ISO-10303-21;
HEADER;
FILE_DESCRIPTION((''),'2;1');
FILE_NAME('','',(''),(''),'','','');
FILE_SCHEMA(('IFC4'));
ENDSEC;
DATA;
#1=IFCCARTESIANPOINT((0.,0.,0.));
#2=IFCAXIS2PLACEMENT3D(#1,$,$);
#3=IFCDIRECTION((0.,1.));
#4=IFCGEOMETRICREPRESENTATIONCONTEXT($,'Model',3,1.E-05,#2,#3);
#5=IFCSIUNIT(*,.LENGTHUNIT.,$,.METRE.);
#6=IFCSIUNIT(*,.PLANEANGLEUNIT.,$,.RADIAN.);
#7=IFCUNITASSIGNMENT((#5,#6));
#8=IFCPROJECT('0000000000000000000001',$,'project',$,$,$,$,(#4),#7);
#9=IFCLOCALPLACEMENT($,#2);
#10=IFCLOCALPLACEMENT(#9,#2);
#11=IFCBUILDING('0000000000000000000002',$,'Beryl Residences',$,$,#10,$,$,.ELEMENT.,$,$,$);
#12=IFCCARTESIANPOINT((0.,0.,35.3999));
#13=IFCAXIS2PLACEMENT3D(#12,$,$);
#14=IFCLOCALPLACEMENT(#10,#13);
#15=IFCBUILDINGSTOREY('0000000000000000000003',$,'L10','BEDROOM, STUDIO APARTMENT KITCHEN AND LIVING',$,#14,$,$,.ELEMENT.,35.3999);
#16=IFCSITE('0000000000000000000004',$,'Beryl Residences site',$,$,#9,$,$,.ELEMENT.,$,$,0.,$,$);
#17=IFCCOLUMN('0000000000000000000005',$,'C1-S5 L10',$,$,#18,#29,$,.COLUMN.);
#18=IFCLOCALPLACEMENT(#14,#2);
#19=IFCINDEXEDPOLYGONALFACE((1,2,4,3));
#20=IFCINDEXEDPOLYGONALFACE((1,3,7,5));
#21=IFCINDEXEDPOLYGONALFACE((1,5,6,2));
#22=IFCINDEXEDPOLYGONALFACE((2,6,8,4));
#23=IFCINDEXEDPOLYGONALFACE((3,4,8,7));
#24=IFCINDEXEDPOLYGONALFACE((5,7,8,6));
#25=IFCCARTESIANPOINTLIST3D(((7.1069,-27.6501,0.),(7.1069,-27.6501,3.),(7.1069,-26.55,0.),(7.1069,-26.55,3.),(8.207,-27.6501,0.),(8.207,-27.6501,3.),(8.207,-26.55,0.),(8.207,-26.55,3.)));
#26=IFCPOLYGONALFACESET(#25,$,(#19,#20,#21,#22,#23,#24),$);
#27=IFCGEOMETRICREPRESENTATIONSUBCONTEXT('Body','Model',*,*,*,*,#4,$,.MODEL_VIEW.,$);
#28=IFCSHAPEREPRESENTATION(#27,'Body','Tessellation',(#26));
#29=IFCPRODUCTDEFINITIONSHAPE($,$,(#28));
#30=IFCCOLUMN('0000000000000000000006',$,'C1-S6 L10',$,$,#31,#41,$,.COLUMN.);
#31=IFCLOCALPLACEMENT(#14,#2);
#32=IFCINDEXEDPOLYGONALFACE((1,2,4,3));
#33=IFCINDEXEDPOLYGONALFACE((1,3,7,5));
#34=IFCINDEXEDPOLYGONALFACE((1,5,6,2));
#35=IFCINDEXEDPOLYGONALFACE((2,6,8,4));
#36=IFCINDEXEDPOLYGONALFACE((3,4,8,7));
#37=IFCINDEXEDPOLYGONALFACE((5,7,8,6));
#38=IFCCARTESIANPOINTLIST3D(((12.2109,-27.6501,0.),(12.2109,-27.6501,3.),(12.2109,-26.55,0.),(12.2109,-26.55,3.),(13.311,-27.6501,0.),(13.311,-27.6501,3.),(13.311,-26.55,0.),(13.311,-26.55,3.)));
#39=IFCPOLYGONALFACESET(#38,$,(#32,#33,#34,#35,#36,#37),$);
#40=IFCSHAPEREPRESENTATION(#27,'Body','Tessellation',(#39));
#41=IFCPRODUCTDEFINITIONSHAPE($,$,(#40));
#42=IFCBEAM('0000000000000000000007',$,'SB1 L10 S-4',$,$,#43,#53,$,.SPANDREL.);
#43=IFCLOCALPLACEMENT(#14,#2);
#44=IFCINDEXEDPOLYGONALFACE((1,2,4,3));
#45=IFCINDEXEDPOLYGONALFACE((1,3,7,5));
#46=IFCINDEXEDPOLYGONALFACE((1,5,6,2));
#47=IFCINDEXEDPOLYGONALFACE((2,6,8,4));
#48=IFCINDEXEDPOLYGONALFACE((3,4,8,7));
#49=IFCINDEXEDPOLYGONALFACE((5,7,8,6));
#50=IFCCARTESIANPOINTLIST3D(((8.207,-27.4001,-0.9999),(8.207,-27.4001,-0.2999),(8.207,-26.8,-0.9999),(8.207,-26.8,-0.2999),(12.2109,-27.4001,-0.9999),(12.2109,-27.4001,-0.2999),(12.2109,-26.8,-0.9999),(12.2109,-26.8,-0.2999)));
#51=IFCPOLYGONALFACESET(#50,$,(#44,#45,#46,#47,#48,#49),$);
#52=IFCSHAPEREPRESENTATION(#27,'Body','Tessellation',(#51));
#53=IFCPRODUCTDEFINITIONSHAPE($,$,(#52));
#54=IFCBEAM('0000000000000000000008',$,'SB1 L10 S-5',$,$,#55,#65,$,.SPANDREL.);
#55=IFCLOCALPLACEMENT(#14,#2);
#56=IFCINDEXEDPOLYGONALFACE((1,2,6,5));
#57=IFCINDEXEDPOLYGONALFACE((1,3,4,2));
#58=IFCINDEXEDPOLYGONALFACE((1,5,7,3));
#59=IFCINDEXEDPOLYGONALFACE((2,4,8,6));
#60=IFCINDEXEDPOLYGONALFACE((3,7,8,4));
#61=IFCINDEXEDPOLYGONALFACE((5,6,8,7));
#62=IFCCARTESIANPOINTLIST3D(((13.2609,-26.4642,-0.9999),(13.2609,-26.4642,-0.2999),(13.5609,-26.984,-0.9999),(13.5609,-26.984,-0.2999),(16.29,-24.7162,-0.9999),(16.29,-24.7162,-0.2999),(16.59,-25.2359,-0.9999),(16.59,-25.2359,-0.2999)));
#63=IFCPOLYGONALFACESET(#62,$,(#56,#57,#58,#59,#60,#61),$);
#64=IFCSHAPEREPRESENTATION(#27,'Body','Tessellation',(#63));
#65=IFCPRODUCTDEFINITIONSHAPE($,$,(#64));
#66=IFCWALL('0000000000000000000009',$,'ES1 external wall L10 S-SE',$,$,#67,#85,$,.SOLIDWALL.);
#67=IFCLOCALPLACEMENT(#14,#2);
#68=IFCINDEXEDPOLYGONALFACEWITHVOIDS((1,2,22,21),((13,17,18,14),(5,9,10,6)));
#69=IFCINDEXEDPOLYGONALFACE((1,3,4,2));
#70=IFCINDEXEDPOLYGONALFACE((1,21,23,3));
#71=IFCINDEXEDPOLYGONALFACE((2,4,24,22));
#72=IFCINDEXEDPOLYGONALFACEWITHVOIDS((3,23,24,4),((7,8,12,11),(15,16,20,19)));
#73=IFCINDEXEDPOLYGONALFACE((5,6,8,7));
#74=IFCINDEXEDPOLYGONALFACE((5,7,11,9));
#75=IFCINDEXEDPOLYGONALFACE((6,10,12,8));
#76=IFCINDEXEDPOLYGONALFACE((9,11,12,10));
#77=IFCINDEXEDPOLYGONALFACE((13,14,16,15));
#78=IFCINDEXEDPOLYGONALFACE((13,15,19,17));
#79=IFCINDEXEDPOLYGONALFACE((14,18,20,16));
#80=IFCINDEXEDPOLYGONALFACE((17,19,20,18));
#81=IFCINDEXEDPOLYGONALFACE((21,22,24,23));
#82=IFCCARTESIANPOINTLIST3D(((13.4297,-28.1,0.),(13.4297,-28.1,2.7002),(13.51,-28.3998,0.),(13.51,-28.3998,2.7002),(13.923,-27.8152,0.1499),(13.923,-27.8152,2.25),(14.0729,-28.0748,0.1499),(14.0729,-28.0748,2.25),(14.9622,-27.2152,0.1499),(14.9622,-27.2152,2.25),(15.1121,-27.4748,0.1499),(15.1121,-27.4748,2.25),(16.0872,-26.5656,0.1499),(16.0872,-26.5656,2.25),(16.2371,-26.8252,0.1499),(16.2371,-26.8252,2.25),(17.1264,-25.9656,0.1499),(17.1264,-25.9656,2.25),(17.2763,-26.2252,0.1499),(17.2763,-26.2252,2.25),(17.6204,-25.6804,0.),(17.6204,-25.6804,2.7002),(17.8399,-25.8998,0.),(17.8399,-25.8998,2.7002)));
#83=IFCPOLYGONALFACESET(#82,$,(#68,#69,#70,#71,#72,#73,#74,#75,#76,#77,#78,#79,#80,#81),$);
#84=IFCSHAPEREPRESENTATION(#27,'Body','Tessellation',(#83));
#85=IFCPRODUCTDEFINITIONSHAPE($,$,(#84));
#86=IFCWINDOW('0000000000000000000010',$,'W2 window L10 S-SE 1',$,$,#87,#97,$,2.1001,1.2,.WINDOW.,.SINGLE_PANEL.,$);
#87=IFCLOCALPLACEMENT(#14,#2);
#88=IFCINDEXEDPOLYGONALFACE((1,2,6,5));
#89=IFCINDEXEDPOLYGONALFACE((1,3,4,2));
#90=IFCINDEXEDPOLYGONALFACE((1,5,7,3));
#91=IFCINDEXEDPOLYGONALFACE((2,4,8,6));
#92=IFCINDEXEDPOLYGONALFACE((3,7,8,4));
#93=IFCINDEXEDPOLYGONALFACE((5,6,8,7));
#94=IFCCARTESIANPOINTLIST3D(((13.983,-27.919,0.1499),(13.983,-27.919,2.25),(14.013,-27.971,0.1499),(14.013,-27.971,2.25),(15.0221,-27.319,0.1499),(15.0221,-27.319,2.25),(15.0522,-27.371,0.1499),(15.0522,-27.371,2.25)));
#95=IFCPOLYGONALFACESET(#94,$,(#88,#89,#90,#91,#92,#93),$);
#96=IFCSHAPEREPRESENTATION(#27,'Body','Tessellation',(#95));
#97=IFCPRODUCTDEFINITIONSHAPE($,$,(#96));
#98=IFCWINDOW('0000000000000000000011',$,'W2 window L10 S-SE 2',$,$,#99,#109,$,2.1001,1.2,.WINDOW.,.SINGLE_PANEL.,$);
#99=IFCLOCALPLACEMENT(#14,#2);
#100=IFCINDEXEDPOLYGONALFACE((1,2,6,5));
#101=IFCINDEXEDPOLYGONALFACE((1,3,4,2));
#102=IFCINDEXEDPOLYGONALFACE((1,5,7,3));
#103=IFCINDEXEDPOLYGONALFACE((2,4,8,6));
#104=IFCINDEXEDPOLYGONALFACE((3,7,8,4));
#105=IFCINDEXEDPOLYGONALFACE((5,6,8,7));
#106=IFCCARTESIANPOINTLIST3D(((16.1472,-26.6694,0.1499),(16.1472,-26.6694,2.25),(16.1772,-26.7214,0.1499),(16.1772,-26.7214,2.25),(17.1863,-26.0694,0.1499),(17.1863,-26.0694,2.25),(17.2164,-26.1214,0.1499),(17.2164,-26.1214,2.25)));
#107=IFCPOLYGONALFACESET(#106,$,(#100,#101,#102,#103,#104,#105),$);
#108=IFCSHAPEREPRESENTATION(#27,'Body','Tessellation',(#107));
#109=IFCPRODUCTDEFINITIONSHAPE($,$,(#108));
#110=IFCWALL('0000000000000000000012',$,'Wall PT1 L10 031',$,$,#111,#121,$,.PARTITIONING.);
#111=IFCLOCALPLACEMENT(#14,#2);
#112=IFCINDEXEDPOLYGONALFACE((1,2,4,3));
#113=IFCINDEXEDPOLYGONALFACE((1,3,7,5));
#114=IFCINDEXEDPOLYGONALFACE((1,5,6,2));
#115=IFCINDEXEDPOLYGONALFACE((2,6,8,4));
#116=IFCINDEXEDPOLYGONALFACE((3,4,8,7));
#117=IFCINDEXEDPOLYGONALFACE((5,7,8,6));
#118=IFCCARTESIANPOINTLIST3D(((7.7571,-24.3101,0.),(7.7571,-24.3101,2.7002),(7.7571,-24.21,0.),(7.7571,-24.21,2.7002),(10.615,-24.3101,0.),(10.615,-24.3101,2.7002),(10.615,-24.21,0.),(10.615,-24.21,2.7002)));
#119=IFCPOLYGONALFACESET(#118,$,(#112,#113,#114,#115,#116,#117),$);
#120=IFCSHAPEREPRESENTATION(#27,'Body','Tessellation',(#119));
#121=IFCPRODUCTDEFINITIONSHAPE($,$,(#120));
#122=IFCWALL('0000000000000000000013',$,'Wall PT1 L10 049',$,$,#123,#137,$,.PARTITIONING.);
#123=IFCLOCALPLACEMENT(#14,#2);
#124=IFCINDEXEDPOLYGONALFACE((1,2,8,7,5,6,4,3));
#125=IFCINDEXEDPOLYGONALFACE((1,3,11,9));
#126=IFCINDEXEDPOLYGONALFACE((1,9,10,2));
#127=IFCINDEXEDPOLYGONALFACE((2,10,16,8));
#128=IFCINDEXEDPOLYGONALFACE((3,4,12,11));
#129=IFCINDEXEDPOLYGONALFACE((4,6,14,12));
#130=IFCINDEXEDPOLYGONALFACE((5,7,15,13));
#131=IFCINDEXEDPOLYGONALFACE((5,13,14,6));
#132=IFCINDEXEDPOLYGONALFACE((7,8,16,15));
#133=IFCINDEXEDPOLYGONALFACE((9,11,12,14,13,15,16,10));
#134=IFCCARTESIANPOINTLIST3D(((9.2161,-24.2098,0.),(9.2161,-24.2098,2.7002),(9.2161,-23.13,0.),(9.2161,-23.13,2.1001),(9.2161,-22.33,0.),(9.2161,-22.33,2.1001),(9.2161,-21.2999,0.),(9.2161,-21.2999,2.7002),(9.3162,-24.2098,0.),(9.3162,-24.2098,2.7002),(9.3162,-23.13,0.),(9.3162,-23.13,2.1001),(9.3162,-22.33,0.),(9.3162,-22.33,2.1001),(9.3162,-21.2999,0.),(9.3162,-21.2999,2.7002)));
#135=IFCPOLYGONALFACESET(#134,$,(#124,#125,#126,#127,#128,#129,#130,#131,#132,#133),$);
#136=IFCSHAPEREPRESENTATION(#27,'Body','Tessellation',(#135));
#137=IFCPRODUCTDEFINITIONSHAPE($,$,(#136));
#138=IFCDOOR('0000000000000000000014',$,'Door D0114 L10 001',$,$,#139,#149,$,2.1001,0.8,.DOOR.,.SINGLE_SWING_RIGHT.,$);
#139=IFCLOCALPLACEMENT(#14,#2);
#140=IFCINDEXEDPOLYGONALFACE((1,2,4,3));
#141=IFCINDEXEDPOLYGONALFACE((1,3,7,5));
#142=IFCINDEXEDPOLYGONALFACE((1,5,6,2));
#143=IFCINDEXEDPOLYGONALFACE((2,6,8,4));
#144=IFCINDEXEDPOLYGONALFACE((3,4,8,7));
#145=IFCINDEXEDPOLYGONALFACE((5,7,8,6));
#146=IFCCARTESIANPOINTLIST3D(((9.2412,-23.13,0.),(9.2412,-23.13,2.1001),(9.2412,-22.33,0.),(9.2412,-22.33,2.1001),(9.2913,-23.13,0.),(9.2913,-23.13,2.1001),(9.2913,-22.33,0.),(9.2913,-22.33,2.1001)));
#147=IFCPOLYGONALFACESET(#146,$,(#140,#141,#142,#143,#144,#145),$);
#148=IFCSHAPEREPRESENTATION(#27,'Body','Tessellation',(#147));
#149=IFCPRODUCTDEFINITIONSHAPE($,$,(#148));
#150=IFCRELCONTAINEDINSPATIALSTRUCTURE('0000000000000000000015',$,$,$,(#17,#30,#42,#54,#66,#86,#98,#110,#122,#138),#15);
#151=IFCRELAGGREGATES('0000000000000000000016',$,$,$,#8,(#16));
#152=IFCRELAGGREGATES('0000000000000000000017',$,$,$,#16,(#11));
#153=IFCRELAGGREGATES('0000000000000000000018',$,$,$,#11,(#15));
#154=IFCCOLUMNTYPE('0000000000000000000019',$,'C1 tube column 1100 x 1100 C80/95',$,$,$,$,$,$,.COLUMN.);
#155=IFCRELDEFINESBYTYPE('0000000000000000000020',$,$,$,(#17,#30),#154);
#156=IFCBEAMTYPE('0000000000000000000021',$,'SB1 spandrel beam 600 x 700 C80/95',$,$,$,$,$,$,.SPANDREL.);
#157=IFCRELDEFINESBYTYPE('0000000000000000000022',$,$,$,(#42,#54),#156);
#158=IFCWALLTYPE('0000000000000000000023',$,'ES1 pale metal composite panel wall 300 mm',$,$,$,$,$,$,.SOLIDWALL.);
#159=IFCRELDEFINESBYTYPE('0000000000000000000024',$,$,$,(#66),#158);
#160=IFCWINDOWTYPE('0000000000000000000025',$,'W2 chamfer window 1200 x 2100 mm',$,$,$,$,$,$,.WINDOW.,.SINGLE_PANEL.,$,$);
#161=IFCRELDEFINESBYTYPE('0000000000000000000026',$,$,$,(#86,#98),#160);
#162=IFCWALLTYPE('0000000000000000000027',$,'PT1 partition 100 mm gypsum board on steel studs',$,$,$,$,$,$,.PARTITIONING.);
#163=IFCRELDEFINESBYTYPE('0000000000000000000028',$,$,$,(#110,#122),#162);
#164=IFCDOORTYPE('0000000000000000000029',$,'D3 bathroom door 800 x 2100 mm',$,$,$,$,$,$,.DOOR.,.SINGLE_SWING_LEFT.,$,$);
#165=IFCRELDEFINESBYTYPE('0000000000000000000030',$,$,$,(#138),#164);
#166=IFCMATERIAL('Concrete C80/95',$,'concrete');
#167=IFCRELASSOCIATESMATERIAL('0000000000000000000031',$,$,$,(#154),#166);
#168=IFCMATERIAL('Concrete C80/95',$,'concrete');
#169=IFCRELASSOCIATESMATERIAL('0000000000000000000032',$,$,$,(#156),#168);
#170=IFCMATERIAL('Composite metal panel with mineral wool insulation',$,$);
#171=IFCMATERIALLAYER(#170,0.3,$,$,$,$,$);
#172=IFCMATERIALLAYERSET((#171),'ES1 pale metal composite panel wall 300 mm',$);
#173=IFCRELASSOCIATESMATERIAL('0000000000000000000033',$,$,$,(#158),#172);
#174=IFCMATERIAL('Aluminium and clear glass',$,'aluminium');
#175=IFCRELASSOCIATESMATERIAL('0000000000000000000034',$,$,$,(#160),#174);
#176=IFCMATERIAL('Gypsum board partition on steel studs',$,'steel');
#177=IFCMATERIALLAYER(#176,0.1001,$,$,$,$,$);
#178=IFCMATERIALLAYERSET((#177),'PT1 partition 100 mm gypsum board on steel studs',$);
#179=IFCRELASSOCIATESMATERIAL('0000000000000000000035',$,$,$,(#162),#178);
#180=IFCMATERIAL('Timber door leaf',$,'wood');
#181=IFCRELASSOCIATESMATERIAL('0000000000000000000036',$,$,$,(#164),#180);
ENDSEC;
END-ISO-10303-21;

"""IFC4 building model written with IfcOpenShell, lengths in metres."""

from ifc_helpers import new_model, si_unit, direction, frame, frame_2d, origin, origin_2d, place, context, subcontext, project, spatial, polyline, rectangle, outline, extrude, material, layer, layer_set, material_profile, profile_set, type_object, element, fill, save


model = new_model("IFC4")

# Units and contexts
model_context = context("Model", 3, precision=1e-05, world=origin(), true_north=direction((0.0, 1.0)))
body_context = subcontext(model_context, "Body", "Model", "MODEL_VIEW")
ifc_project = project(units=[si_unit("LENGTHUNIT", "METRE"), si_unit("PLANEANGLEUNIT", "RADIAN")], contexts=[model_context])

# Site, building, storey
site_placement = place(None, origin())
site = spatial("IfcSite", under=ifc_project, at=site_placement, Name="Beryl Residences site", CompositionType="ELEMENT", RefElevation=0.0)
building_placement = place(site_placement, origin())
building = spatial("IfcBuilding", under=site, at=building_placement, Name="Beryl Residences", CompositionType="ELEMENT")
storey_placement = place(building_placement, frame((0.0, 0.0, 35.3999)))
storey = spatial("IfcBuildingStorey", under=building, at=storey_placement, Name="L10", Description="BEDROOM, STUDIO APARTMENT KITCHEN AND LIVING", CompositionType="ELEMENT", Elevation=35.3999)

# Columns
ifc_material_1 = material(Name="Concrete C80/95", Category="concrete")
ifc_material_profile_1 = material_profile(ifc_material_1, rectangle(XDim=1.1001, YDim=1.1001, at=origin_2d()))
ifc_profile_set_1 = profile_set([ifc_material_profile_1], Name="Concrete C80/95")
column_type = type_object("IfcColumnType", Name="C1 tube column 1100 x 1100 C80/95", PredefinedType="COLUMN", material=ifc_profile_set_1)
for number, where, z_axis, x_axis, name in (
    (1, (7.657, -27.1001, 0.0), (0.0, 0.0, 1.0), (1.0, 0.0, 0.0), "C1-S5 L10"),
    (2, (12.761, -27.1001, 0.0), (0.0, 0.0, 1.0), (1.0, 0.0, 0.0), "C1-S6 L10"),
):
    element("IfcColumn", number, at=place(storey_placement, frame(where, z_axis=z_axis, x_axis=x_axis)), inside=storey, type_object=column_type, Name=name, PredefinedType="COLUMN", context=body_context, shape_type="SweptSolid", body=[
        extrude(rectangle(XDim=1.1001, YDim=1.1001, at=origin_2d()), origin(), (0.0, 0.0, 1.0), 3.0),
    ])

# Beams
ifc_material_2 = material(Name="Concrete C80/95", Category="concrete")
ifc_material_profile_2 = material_profile(ifc_material_2, rectangle(XDim=0.6001, YDim=0.7, at=origin_2d()))
ifc_profile_set_2 = profile_set([ifc_material_profile_2], Name="Concrete C80/95")
beam_type = type_object("IfcBeamType", Name="SB1 spandrel beam 600 x 700 C80/95", PredefinedType="SPANDREL", material=ifc_profile_set_2)
beam_1_placement = place(storey_placement, frame((8.207, -27.1001, -0.6499), z_axis=(1.0, 0.0, 0.0), x_axis=(0.0, 1.0, 0.0)))
element("IfcBeam", 3, at=beam_1_placement, inside=storey, type_object=beam_type, Name="SB1 L10 S-4", PredefinedType="SPANDREL", context=body_context, shape_type="SweptSolid", body=[
    extrude(rectangle(XDim=0.6001, YDim=0.7, at=origin_2d()), origin(), (0.0, 0.0, 1.0), 4.0039),
])
beam_2_placement = place(storey_placement, frame((13.4109, -26.7241, -0.6499), z_axis=(0.866122, 0.499833, 0.0), x_axis=(-0.499833, 0.866122, 0.0)))
element("IfcBeam", 4, at=beam_2_placement, inside=storey, type_object=beam_type, Name="SB1 L10 S-5", PredefinedType="SPANDREL", context=body_context, shape_type="SweptSolid", body=[
    extrude(rectangle(XDim=0.6001, YDim=0.7, at=origin_2d()), origin(), (0.0, 0.0, 1.0), 3.4973),
])

# Wall, openings, windows
ifc_material_3 = material(Name="Composite metal panel with mineral wool insulation")
ifc_layer_1 = layer(ifc_material_3, 0.3)
ifc_layer_set_1 = layer_set([ifc_layer_1], Name="ES1 pale metal composite panel wall 300 mm")
wall_type_1 = type_object("IfcWallType", Name="ES1 pale metal composite panel wall 300 mm", PredefinedType="SOLIDWALL", material=ifc_layer_set_1)
wall_1_placement = place(storey_placement, frame((13.4351, -28.27, 0.0), z_axis=(0.0, 0.0, 1.0), x_axis=(0.866011, 0.500025, 0.0)))
wall_1 = element("IfcWall", 5, at=wall_1_placement, inside=storey, type_object=wall_type_1, Name="ES1 external wall L10 S-SE", PredefinedType="SOLIDWALL", context=body_context, shape_type="SweptSolid", body=[
    extrude(outline(polyline([(0.0, -0.1499), (4.9998, -0.1499), (4.9194, 0.1499), (0.0803, 0.1499), (0.0, -0.1499)])), origin(), (0.0, 0.0, 1.0), 2.7002),
])
opening_1_placement = place(wall_1_placement, frame((0.6499, 0.0, 0.1499)))
opening_1 = element("IfcOpeningElement", 6, at=opening_1_placement, cuts=wall_1, PredefinedType="OPENING", context=body_context, shape_type="SweptSolid", body=[
    extrude(rectangle(XDim=1.2, YDim=2.1001, at=frame_2d((0.6001, 1.05))), frame((0.0, 0.1599, 0.0), z_axis=(0.0, -1.0, 0.0), x_axis=(1.0, 0.0, 0.0)), (0.0, 0.0, 1.0), 0.3201),
])
opening_2_placement = place(wall_1_placement, frame((3.1489, 0.0, 0.1499)))
opening_2 = element("IfcOpeningElement", 7, at=opening_2_placement, cuts=wall_1, PredefinedType="OPENING", context=body_context, shape_type="SweptSolid", body=[
    extrude(rectangle(XDim=1.2, YDim=2.1001, at=frame_2d((0.6001, 1.05))), frame((0.0, 0.1599, 0.0), z_axis=(0.0, -1.0, 0.0), x_axis=(1.0, 0.0, 0.0)), (0.0, 0.0, 1.0), 0.3201),
])
ifc_material_4 = material(Name="Aluminium and clear glass", Category="aluminium")
window_type = type_object("IfcWindowType", Name="W2 chamfer window 1200 x 2100 mm", PartitioningType="SINGLE_PANEL", PredefinedType="WINDOW", material=ifc_material_4)
window_1_placement = place(opening_1_placement, origin())
window_1 = element("IfcWindow", 8, at=window_1_placement, inside=storey, type_object=window_type, Name="W2 window L10 S-SE 1", OverallHeight=2.1001, OverallWidth=1.2, PartitioningType="SINGLE_PANEL", PredefinedType="WINDOW", context=body_context, shape_type="SweptSolid", body=[
    extrude(rectangle(XDim=1.2, YDim=2.1001, at=frame_2d((0.6001, 1.05))), frame((0.0, 0.03, 0.0), z_axis=(0.0, -1.0, 0.0), x_axis=(1.0, 0.0, 0.0)), (0.0, 0.0, 1.0), 0.0601),
])
fill(opening_1, window_1)
window_2_placement = place(opening_2_placement, origin())
window_2 = element("IfcWindow", 9, at=window_2_placement, inside=storey, type_object=window_type, Name="W2 window L10 S-SE 2", OverallHeight=2.1001, OverallWidth=1.2, PartitioningType="SINGLE_PANEL", PredefinedType="WINDOW", context=body_context, shape_type="SweptSolid", body=[
    extrude(rectangle(XDim=1.2, YDim=2.1001, at=frame_2d((0.6001, 1.05))), frame((0.0, 0.03, 0.0), z_axis=(0.0, -1.0, 0.0), x_axis=(1.0, 0.0, 0.0)), (0.0, 0.0, 1.0), 0.0601),
])
fill(opening_2, window_2)

# Wall
ifc_material_5 = material(Name="Gypsum board partition on steel studs", Category="steel")
ifc_layer_2 = layer(ifc_material_5, 0.1001)
ifc_layer_set_2 = layer_set([ifc_layer_2], Name="PT1 partition 100 mm gypsum board on steel studs")
wall_type_2 = type_object("IfcWallType", Name="PT1 partition 100 mm gypsum board on steel studs", PredefinedType="PARTITIONING", material=ifc_layer_set_2)
wall_2_placement = place(storey_placement, frame((7.7571, -24.26, 0.0), z_axis=(0.0, 0.0, 1.0), x_axis=(1.0, 0.0, 0.0)))
element("IfcWall", 10, at=wall_2_placement, inside=storey, type_object=wall_type_2, Name="Wall PT1 L10 031", PredefinedType="PARTITIONING", context=body_context, shape_type="SweptSolid", body=[
    extrude(rectangle(XDim=2.8579, YDim=0.1001, at=frame_2d((1.429, 0.0))), origin(), (0.0, 0.0, 1.0), 2.7002),
])

# Wall, opening, door
wall_3_placement = place(storey_placement, frame((9.2661, -24.21, 0.0), z_axis=(0.0, 0.0, 1.0), x_axis=(0.0, 1.0, 0.0)))
wall_3 = element("IfcWall", 11, at=wall_3_placement, inside=storey, type_object=wall_type_2, Name="Wall PT1 L10 049", PredefinedType="PARTITIONING", context=body_context, shape_type="SweptSolid", body=[
    extrude(rectangle(XDim=2.9099, YDim=0.1001, at=frame_2d((1.4551, 0.0))), origin(), (0.0, 0.0, 1.0), 2.7002),
])
opening_3_placement = place(wall_3_placement, frame((1.0801, 0.0, 0.0)))
opening_3 = element("IfcOpeningElement", 12, at=opening_3_placement, cuts=wall_3, PredefinedType="OPENING", context=body_context, shape_type="SweptSolid", body=[
    extrude(rectangle(XDim=0.8, YDim=2.1001, at=frame_2d((0.3999, 1.05))), frame((0.0, 0.0601, 0.0), z_axis=(0.0, -1.0, 0.0), x_axis=(1.0, 0.0, 0.0)), (0.0, 0.0, 1.0), 0.1201),
])
ifc_material_6 = material(Name="Timber door leaf", Category="wood")
door_type_1 = type_object("IfcDoorType", Name="D3 bathroom door 800 x 2100 mm", OperationType="SINGLE_SWING_LEFT", PredefinedType="DOOR", material=ifc_material_6)
door_1_placement = place(opening_3_placement, origin())
door_1 = element("IfcDoor", 13, at=door_1_placement, inside=storey, type_object=door_type_1, Name="Door D0114 L10 001", OperationType="SINGLE_SWING_RIGHT", OverallHeight=2.1001, OverallWidth=0.8, PredefinedType="DOOR", context=body_context, shape_type="SweptSolid", body=[
    extrude(rectangle(XDim=0.8, YDim=2.1001, at=frame_2d((0.3999, 1.05))), frame((0.0, 0.0249, 0.0), z_axis=(0.0, -1.0, 0.0), x_axis=(1.0, 0.0, 0.0)), (0.0, 0.0, 1.0), 0.05),
])
fill(opening_3, door_1)

save(model, "model.ifc")
